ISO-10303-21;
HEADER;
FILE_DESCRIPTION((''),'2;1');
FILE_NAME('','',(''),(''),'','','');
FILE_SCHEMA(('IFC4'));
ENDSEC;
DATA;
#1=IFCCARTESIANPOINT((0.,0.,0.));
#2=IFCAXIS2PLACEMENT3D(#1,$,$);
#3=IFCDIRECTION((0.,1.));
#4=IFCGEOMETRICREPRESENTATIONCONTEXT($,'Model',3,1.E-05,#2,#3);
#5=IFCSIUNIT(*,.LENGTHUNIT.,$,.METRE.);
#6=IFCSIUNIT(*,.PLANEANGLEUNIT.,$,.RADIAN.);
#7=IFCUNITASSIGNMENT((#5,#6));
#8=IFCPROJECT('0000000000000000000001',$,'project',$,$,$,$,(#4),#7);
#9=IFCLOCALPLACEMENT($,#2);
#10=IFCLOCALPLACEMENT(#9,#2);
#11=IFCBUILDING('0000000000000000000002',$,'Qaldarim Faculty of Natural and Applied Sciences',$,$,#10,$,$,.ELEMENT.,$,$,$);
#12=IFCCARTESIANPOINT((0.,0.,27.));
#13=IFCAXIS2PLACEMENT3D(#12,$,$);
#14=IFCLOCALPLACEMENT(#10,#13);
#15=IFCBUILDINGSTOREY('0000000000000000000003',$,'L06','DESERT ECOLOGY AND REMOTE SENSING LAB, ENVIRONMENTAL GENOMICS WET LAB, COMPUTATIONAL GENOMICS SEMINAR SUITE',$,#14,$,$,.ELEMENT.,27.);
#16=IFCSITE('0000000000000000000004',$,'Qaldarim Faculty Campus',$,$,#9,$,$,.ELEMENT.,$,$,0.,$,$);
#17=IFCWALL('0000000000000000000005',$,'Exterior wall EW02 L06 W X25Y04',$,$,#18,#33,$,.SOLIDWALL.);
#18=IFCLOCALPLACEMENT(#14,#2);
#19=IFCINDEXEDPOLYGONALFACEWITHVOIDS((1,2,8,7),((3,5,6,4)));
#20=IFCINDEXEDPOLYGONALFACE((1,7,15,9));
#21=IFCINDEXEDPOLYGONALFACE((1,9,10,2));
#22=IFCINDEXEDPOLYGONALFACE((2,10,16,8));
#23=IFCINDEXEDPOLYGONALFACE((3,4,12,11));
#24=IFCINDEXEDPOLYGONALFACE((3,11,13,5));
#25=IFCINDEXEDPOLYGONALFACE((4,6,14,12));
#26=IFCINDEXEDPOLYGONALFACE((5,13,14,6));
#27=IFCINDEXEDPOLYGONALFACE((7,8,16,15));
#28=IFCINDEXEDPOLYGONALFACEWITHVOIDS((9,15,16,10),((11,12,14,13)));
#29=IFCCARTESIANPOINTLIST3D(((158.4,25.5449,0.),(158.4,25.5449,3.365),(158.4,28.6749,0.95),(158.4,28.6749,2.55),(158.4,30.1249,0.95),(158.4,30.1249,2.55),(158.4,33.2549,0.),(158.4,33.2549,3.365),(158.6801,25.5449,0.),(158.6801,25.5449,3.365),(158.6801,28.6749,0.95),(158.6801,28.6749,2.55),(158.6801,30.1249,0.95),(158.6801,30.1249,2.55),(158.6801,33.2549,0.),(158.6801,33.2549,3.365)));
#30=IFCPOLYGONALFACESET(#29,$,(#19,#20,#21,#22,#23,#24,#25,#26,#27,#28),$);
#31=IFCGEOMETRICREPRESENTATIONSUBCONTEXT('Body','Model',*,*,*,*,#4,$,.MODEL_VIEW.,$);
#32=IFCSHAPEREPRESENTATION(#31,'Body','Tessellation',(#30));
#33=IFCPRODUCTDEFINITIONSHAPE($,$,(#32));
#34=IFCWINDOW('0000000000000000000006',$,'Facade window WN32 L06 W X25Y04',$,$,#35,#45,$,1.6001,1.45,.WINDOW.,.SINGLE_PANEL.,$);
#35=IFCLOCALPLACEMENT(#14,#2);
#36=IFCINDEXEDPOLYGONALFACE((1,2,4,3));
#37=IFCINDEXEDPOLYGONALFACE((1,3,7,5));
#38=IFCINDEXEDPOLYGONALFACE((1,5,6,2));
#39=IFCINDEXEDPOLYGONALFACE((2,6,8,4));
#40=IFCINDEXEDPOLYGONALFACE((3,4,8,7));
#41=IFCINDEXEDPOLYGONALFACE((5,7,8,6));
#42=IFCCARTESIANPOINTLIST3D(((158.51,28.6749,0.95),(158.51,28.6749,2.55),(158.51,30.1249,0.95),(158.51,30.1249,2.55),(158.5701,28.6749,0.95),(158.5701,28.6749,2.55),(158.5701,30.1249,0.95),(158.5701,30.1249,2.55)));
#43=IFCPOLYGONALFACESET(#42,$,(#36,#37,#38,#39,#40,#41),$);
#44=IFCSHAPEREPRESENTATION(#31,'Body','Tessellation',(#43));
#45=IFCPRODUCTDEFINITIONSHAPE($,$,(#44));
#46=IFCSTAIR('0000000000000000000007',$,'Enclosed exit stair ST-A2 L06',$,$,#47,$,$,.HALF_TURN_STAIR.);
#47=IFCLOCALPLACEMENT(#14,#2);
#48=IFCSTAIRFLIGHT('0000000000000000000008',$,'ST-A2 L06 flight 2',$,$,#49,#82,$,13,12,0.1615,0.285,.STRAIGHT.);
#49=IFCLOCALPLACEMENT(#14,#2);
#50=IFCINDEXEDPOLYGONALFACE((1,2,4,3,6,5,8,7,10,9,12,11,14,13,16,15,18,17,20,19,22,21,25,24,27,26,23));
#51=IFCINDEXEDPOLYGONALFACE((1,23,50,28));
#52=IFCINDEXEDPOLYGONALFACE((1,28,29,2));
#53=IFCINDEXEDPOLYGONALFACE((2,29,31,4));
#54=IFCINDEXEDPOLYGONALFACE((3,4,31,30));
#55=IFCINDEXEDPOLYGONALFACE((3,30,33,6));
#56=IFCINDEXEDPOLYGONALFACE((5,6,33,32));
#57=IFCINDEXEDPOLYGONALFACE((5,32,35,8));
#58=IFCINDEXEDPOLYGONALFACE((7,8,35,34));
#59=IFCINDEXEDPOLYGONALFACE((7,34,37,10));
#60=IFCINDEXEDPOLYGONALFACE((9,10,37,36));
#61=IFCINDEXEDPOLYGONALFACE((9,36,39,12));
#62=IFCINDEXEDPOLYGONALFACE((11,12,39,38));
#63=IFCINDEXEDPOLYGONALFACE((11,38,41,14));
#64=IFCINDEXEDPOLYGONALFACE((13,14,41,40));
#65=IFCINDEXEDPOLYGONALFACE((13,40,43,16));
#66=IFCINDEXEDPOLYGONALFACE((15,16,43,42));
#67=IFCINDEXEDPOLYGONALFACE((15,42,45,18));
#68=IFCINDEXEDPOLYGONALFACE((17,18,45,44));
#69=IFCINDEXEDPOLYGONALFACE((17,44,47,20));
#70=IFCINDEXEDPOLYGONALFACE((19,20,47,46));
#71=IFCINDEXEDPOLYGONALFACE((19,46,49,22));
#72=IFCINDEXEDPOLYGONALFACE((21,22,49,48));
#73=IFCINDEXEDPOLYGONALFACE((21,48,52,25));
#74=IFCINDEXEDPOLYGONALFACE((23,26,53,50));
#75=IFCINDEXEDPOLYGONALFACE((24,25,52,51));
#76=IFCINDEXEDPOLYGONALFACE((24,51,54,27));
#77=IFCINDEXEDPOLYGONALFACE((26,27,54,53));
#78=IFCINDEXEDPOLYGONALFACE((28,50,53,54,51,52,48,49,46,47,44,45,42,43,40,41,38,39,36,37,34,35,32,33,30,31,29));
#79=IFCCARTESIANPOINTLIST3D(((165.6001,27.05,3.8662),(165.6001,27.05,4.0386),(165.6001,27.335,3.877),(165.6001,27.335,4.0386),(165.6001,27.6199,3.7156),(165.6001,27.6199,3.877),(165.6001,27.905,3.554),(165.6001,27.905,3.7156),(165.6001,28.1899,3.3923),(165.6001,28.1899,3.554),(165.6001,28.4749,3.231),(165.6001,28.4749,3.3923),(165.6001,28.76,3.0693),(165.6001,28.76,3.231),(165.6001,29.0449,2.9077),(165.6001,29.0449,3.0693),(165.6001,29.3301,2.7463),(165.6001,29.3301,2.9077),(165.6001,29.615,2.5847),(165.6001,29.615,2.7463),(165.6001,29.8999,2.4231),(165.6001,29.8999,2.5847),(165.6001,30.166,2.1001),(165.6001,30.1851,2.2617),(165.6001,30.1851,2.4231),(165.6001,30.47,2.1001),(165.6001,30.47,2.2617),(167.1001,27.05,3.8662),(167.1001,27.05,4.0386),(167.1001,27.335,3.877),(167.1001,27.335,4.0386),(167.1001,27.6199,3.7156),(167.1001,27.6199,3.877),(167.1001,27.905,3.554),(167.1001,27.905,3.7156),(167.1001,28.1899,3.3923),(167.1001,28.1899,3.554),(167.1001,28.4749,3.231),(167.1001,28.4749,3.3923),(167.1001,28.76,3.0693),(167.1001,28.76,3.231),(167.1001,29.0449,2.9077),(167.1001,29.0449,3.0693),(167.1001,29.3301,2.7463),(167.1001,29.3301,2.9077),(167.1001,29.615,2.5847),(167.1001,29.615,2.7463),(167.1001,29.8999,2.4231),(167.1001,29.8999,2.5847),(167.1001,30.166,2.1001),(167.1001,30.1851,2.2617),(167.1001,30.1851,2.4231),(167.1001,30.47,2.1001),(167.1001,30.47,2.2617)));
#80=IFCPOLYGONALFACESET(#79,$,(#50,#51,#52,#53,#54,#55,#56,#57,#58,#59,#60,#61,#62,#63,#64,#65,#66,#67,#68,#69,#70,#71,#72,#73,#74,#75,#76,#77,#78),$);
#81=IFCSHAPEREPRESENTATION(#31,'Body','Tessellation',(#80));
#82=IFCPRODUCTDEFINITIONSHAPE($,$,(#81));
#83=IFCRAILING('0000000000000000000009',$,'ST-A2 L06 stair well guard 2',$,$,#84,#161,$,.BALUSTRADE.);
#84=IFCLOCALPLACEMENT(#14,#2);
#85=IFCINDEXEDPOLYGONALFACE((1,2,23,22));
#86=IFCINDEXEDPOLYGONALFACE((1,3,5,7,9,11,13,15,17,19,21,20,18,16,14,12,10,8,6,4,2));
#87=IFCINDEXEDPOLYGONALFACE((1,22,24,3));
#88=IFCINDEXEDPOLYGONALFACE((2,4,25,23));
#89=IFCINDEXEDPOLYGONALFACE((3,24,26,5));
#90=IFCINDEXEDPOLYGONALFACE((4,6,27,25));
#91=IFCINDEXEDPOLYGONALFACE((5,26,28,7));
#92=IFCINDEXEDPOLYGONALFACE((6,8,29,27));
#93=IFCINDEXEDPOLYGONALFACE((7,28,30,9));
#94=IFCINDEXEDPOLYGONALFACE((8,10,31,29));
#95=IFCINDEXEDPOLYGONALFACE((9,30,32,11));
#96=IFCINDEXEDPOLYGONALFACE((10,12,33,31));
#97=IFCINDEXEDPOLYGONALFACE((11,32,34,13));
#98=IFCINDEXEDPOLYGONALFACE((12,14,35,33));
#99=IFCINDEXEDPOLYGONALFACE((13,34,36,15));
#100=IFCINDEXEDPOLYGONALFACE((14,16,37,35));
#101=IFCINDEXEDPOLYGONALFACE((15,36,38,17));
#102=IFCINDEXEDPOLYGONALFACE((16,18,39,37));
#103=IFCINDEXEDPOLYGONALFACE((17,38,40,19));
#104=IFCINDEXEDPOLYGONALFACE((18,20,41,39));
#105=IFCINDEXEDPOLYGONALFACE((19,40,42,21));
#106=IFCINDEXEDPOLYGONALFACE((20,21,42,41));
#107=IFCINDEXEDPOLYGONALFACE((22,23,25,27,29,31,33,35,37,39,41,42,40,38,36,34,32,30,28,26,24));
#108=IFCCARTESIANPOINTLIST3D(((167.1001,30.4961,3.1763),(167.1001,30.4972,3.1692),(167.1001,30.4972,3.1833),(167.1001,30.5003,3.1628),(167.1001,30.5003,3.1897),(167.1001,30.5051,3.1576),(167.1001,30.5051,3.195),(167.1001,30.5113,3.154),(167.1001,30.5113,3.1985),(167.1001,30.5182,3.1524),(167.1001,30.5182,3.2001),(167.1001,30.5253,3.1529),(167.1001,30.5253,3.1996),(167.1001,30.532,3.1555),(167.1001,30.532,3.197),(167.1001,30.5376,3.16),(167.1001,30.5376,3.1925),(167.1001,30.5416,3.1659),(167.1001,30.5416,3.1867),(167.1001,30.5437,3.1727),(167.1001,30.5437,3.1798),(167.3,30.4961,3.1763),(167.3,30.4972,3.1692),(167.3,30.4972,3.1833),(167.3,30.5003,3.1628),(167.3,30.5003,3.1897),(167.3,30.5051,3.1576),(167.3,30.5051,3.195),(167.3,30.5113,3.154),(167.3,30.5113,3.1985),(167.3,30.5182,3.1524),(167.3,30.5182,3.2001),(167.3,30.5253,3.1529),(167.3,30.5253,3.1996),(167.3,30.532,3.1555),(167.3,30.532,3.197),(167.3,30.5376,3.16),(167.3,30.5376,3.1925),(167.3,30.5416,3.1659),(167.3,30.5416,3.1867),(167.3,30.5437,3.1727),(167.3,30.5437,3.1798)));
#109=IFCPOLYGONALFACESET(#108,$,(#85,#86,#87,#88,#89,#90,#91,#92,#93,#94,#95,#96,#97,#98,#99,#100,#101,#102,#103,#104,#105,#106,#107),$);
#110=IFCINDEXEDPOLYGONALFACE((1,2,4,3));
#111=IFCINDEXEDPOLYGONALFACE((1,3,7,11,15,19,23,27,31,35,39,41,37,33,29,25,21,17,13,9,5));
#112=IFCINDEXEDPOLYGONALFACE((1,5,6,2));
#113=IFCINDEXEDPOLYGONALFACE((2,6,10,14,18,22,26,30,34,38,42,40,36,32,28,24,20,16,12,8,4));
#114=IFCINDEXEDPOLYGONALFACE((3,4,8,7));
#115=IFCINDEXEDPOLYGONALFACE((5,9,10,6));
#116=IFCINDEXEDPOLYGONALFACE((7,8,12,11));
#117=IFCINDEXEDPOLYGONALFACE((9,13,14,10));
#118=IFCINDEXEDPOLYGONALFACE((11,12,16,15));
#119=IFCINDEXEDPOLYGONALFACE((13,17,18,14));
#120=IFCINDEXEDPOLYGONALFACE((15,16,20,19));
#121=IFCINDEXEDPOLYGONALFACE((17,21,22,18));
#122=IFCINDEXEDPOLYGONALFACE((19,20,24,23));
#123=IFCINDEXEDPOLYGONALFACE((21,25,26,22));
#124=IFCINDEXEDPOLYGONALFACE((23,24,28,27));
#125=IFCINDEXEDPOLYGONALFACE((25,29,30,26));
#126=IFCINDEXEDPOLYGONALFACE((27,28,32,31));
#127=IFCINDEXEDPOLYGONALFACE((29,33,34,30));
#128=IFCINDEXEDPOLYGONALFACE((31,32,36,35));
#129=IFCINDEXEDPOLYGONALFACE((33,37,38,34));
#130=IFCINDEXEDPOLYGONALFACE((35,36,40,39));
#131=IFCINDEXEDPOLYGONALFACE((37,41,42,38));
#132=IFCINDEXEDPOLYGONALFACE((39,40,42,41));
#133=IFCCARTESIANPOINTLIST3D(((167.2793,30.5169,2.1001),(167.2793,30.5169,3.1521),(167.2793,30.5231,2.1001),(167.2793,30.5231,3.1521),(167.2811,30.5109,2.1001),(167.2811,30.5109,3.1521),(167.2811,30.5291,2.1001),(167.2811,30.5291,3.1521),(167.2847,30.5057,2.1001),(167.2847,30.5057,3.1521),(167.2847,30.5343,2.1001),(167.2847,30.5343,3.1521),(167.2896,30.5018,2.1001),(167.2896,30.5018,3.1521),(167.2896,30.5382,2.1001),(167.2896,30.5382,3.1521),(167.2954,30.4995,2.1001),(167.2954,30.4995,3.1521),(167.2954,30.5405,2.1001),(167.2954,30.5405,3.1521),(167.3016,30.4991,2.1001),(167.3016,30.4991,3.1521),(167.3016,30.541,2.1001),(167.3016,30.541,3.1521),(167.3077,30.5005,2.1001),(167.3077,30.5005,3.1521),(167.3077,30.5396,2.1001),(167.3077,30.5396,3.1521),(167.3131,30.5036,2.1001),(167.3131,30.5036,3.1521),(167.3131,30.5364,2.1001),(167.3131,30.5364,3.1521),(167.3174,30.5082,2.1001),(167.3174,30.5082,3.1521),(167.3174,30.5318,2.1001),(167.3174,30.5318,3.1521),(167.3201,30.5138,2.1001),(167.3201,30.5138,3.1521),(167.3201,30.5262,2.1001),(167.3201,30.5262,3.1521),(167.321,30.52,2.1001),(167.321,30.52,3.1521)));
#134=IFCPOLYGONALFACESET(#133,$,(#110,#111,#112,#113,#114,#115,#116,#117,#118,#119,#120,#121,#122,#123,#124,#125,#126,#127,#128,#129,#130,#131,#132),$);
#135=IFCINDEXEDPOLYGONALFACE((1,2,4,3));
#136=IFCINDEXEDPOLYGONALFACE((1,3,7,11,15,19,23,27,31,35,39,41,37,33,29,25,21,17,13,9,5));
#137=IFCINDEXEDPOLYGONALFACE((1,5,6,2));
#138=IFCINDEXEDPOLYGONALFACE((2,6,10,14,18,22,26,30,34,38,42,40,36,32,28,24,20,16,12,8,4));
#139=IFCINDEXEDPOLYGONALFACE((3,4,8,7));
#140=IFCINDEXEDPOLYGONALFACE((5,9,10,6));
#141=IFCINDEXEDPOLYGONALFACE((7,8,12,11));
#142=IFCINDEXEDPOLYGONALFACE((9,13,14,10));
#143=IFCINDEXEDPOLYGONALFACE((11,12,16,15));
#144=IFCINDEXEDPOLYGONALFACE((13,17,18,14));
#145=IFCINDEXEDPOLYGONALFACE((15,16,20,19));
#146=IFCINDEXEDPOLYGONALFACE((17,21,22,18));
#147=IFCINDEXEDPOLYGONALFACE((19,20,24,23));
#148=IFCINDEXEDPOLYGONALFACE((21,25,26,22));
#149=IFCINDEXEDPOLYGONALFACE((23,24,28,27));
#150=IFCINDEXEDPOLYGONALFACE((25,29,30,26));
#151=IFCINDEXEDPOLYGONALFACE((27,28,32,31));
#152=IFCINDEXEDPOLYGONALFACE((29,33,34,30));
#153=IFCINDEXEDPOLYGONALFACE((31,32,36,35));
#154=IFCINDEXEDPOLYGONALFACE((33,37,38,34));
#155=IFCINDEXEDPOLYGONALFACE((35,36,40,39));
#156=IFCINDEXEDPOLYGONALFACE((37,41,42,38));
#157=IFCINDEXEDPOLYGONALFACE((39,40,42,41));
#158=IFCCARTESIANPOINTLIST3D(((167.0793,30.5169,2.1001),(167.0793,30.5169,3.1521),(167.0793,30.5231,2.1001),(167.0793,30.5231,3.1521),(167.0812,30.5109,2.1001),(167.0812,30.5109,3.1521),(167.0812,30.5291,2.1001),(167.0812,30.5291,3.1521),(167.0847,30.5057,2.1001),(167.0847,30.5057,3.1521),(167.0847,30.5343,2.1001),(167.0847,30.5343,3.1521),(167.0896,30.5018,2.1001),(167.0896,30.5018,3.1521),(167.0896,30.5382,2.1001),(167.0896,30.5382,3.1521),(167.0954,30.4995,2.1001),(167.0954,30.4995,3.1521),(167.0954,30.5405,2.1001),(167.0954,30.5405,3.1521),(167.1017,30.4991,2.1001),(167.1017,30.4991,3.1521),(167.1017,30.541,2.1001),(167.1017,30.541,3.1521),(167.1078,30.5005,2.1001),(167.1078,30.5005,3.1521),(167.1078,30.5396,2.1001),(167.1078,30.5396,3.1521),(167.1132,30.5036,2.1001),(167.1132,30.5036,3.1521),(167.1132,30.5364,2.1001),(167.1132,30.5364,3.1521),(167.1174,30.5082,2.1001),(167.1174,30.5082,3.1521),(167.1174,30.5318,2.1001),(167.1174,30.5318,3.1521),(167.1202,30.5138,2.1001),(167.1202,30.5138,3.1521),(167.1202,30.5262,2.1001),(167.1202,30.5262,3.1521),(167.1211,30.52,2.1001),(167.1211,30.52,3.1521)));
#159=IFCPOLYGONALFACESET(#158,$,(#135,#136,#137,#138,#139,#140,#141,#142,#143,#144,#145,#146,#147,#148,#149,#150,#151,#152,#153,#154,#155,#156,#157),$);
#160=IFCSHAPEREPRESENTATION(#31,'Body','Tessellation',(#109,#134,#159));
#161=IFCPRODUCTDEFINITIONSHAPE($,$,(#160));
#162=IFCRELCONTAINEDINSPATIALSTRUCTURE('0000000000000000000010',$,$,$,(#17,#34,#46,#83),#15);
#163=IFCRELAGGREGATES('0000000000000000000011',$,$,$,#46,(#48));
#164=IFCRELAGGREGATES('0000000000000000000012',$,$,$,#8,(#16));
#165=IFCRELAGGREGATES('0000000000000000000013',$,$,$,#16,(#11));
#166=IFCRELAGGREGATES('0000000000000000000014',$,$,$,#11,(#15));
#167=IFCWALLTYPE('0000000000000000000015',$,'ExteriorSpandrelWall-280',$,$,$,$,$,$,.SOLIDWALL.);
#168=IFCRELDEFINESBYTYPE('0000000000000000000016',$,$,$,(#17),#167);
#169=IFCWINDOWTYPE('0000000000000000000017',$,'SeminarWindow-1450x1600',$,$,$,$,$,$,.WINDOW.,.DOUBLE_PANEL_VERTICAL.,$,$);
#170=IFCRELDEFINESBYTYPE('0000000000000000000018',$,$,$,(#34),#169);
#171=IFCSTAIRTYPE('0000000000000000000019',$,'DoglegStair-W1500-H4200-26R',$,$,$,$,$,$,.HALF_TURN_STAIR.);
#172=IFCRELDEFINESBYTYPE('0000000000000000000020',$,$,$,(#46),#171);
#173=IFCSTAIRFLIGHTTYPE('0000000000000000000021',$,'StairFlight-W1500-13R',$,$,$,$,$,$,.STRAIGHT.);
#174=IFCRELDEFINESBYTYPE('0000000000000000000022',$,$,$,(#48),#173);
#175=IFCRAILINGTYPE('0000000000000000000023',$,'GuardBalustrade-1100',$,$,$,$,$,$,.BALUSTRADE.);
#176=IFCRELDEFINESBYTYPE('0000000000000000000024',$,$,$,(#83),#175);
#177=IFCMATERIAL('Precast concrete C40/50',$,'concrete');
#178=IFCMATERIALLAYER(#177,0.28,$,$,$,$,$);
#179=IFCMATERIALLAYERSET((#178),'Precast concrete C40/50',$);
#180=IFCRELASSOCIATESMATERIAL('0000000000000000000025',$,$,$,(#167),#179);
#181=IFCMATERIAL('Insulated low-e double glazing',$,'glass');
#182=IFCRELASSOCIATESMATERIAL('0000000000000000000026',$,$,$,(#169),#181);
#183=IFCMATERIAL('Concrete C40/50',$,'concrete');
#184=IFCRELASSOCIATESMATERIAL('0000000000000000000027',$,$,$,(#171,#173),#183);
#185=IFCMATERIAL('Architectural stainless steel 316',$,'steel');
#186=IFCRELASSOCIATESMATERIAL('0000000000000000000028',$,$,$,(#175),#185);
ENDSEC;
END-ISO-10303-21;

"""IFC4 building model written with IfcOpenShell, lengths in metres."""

from ifc_helpers import new_model, si_unit, direction, frame, frame_2d, origin, origin_2d, place, context, subcontext, project, spatial, polyline, rectangle, circle, outline, extrude, material, layer, layer_set, type_object, element, fill, aggregate, save


model = new_model("IFC4")

# Units and contexts
model_context = context("Model", 3, precision=1e-05, world=origin(), true_north=direction((0.0, 1.0)))
body_context = subcontext(model_context, "Body", "Model", "MODEL_VIEW")
ifc_project = project(units=[si_unit("LENGTHUNIT", "METRE"), si_unit("PLANEANGLEUNIT", "RADIAN")], contexts=[model_context])

# Site, building, storey
site_placement = place(None, origin())
site = spatial("IfcSite", under=ifc_project, at=site_placement, Name="Qaldarim Faculty Campus", CompositionType="ELEMENT", RefElevation=0.0)
building_placement = place(site_placement, origin())
building = spatial("IfcBuilding", under=site, at=building_placement, Name="Qaldarim Faculty of Natural and Applied Sciences", CompositionType="ELEMENT")
storey_placement = place(building_placement, frame((0.0, 0.0, 27.0)))
storey = spatial("IfcBuildingStorey", under=building, at=storey_placement, Name="L06", Description="DESERT ECOLOGY AND REMOTE SENSING LAB, ENVIRONMENTAL GENOMICS WET LAB, COMPUTATIONAL GENOMICS SEMINAR SUITE", CompositionType="ELEMENT", Elevation=27.0)

# Shared definitions
ifc_material_1 = material(Name="Concrete C40/50", Category="concrete")

# Shared definitions
ifc_material_2 = material(Name="Insulated low-e double glazing", Category="glass")

# Wall, opening, window
ifc_material_3 = material(Name="Precast concrete C40/50", Category="concrete")
ifc_layer_1 = layer(ifc_material_3, 0.28)
ifc_layer_set_1 = layer_set([ifc_layer_1], Name="Precast concrete C40/50")
wall_type_1 = type_object("IfcWallType", Name="ExteriorSpandrelWall-280", PredefinedType="SOLIDWALL", material=ifc_layer_set_1)
wall_1_placement = place(storey_placement, frame((158.54, 33.2549, 0.0), z_axis=(0.0, 0.0, 1.0), x_axis=(0.0, -1.0, 0.0)))
wall_1 = element("IfcWall", 1, at=wall_1_placement, inside=storey, type_object=wall_type_1, Name="Exterior wall EW02 L06 W X25Y04", PredefinedType="SOLIDWALL", context=body_context, shape_type="SweptSolid", body=[
    extrude(rectangle(XDim=7.71, YDim=0.28, at=frame_2d((3.855, 0.0))), origin(), (0.0, 0.0, 1.0), 3.365),
])
opening_1_placement = place(wall_1_placement, frame((3.1299, 0.0, 0.95)))
opening_1 = element("IfcOpeningElement", 2, at=opening_1_placement, cuts=wall_1, PredefinedType="OPENING", context=body_context, shape_type="SweptSolid", body=[
    extrude(rectangle(XDim=1.45, YDim=1.6001, at=frame_2d((0.7251, 0.8))), frame((0.0, 0.1499, 0.0), z_axis=(0.0, -1.0, 0.0), x_axis=(1.0, 0.0, 0.0)), (0.0, 0.0, 1.0), 0.3),
])
window_type = type_object("IfcWindowType", Name="SeminarWindow-1450x1600", PartitioningType="DOUBLE_PANEL_VERTICAL", PredefinedType="WINDOW", material=ifc_material_2)
window_placement = place(opening_1_placement, origin())
window = element("IfcWindow", 3, at=window_placement, inside=storey, type_object=window_type, Name="Facade window WN32 L06 W X25Y04", OverallHeight=1.6001, OverallWidth=1.45, PartitioningType="SINGLE_PANEL", PredefinedType="WINDOW", context=body_context, shape_type="SweptSolid", body=[
    extrude(rectangle(XDim=1.45, YDim=1.6001, at=frame_2d((0.7251, 0.8))), frame((0.0, 0.03, 0.0), z_axis=(0.0, -1.0, 0.0), x_axis=(1.0, 0.0, 0.0)), (0.0, 0.0, 1.0), 0.0601),
])
fill(opening_1, window)

# Stair, stair flight
stair_type = type_object("IfcStairType", Name="DoglegStair-W1500-H4200-26R", PredefinedType="HALF_TURN_STAIR", material=ifc_material_1)
stair_placement = place(storey_placement, origin())
stair = element("IfcStair", 4, at=stair_placement, inside=storey, type_object=stair_type, Name="Enclosed exit stair ST-A2 L06", PredefinedType="HALF_TURN_STAIR")
stair_flight_type = type_object("IfcStairFlightType", Name="StairFlight-W1500-13R", PredefinedType="STRAIGHT", material=ifc_material_1)
stair_flight_placement = place(storey_placement, frame((166.3501, 30.47, 2.1001), z_axis=(0.0, 0.0, 1.0), x_axis=(0.0, -1.0, 0.0)))
stair_flight = element("IfcStairFlight", 5, at=stair_flight_placement, type_object=stair_flight_type, Name="ST-A2 L06 flight 2", NumberOfRisers=13, NumberOfTreads=12, PredefinedType="STRAIGHT", RiserHeight=0.1615, TreadLength=0.285, context=body_context, shape_type="SweptSolid", body=[
    extrude(outline(polyline([(0.0, 0.0), (0.0, 0.1616), (0.2849, 0.1616), (0.2849, 0.323), (0.5701, 0.323), (0.5701, 0.4846), (0.855, 0.4846), (0.855, 0.6462), (1.1399, 0.6462), (1.1399, 0.8076), (1.425, 0.8076), (1.425, 0.9692), (1.71, 0.9692), (1.71, 1.1309), (1.9951, 1.1309), (1.9951, 1.2922), (2.28, 1.2922), (2.28, 1.4539), (2.5649, 1.4539), (2.5649, 1.6155), (2.8501, 1.6155), (2.8501, 1.7769), (3.135, 1.7769), (3.135, 1.9385), (3.4199, 1.9385), (3.4199, 2.1001), (3.4199, 1.7661), (0.304, 0.0), (0.0, 0.0)])), frame((0.0, 0.75, 0.0), z_axis=(0.0, -1.0, 0.0), x_axis=(1.0, 0.0, 0.0)), (0.0, 0.0, 1.0), 1.5),
])
aggregate(stair, [stair_flight])

# Railing
ifc_material_4 = material(Name="Architectural stainless steel 316", Category="steel")
railing_type_1 = type_object("IfcRailingType", Name="GuardBalustrade-1100", PredefinedType="BALUSTRADE", material=ifc_material_4)
railing_1_placement = place(storey_placement, frame((167.3, 30.52, 2.1001)))
element("IfcRailing", 6, at=railing_1_placement, inside=storey, type_object=railing_type_1, Name="ST-A2 L06 stair well guard 2", PredefinedType="BALUSTRADE", context=body_context, shape_type="SweptSolid", body=[
    extrude(circle(Radius=0.0239, at=origin_2d()), frame((0.0, 0.0, 1.0762), z_axis=(-1.0, 0.0, 0.0), x_axis=(0.0, -1.0, 0.0)), (0.0, 0.0, 1.0), 0.2),
    extrude(circle(Radius=0.021, at=origin_2d()), origin(), (0.0, 0.0, 1.0), 1.052),
    extrude(circle(Radius=0.021, at=origin_2d()), frame((-0.2, 0.0, 0.0)), (0.0, 0.0, 1.0), 1.052),
])

save(model, "model.ifc")
